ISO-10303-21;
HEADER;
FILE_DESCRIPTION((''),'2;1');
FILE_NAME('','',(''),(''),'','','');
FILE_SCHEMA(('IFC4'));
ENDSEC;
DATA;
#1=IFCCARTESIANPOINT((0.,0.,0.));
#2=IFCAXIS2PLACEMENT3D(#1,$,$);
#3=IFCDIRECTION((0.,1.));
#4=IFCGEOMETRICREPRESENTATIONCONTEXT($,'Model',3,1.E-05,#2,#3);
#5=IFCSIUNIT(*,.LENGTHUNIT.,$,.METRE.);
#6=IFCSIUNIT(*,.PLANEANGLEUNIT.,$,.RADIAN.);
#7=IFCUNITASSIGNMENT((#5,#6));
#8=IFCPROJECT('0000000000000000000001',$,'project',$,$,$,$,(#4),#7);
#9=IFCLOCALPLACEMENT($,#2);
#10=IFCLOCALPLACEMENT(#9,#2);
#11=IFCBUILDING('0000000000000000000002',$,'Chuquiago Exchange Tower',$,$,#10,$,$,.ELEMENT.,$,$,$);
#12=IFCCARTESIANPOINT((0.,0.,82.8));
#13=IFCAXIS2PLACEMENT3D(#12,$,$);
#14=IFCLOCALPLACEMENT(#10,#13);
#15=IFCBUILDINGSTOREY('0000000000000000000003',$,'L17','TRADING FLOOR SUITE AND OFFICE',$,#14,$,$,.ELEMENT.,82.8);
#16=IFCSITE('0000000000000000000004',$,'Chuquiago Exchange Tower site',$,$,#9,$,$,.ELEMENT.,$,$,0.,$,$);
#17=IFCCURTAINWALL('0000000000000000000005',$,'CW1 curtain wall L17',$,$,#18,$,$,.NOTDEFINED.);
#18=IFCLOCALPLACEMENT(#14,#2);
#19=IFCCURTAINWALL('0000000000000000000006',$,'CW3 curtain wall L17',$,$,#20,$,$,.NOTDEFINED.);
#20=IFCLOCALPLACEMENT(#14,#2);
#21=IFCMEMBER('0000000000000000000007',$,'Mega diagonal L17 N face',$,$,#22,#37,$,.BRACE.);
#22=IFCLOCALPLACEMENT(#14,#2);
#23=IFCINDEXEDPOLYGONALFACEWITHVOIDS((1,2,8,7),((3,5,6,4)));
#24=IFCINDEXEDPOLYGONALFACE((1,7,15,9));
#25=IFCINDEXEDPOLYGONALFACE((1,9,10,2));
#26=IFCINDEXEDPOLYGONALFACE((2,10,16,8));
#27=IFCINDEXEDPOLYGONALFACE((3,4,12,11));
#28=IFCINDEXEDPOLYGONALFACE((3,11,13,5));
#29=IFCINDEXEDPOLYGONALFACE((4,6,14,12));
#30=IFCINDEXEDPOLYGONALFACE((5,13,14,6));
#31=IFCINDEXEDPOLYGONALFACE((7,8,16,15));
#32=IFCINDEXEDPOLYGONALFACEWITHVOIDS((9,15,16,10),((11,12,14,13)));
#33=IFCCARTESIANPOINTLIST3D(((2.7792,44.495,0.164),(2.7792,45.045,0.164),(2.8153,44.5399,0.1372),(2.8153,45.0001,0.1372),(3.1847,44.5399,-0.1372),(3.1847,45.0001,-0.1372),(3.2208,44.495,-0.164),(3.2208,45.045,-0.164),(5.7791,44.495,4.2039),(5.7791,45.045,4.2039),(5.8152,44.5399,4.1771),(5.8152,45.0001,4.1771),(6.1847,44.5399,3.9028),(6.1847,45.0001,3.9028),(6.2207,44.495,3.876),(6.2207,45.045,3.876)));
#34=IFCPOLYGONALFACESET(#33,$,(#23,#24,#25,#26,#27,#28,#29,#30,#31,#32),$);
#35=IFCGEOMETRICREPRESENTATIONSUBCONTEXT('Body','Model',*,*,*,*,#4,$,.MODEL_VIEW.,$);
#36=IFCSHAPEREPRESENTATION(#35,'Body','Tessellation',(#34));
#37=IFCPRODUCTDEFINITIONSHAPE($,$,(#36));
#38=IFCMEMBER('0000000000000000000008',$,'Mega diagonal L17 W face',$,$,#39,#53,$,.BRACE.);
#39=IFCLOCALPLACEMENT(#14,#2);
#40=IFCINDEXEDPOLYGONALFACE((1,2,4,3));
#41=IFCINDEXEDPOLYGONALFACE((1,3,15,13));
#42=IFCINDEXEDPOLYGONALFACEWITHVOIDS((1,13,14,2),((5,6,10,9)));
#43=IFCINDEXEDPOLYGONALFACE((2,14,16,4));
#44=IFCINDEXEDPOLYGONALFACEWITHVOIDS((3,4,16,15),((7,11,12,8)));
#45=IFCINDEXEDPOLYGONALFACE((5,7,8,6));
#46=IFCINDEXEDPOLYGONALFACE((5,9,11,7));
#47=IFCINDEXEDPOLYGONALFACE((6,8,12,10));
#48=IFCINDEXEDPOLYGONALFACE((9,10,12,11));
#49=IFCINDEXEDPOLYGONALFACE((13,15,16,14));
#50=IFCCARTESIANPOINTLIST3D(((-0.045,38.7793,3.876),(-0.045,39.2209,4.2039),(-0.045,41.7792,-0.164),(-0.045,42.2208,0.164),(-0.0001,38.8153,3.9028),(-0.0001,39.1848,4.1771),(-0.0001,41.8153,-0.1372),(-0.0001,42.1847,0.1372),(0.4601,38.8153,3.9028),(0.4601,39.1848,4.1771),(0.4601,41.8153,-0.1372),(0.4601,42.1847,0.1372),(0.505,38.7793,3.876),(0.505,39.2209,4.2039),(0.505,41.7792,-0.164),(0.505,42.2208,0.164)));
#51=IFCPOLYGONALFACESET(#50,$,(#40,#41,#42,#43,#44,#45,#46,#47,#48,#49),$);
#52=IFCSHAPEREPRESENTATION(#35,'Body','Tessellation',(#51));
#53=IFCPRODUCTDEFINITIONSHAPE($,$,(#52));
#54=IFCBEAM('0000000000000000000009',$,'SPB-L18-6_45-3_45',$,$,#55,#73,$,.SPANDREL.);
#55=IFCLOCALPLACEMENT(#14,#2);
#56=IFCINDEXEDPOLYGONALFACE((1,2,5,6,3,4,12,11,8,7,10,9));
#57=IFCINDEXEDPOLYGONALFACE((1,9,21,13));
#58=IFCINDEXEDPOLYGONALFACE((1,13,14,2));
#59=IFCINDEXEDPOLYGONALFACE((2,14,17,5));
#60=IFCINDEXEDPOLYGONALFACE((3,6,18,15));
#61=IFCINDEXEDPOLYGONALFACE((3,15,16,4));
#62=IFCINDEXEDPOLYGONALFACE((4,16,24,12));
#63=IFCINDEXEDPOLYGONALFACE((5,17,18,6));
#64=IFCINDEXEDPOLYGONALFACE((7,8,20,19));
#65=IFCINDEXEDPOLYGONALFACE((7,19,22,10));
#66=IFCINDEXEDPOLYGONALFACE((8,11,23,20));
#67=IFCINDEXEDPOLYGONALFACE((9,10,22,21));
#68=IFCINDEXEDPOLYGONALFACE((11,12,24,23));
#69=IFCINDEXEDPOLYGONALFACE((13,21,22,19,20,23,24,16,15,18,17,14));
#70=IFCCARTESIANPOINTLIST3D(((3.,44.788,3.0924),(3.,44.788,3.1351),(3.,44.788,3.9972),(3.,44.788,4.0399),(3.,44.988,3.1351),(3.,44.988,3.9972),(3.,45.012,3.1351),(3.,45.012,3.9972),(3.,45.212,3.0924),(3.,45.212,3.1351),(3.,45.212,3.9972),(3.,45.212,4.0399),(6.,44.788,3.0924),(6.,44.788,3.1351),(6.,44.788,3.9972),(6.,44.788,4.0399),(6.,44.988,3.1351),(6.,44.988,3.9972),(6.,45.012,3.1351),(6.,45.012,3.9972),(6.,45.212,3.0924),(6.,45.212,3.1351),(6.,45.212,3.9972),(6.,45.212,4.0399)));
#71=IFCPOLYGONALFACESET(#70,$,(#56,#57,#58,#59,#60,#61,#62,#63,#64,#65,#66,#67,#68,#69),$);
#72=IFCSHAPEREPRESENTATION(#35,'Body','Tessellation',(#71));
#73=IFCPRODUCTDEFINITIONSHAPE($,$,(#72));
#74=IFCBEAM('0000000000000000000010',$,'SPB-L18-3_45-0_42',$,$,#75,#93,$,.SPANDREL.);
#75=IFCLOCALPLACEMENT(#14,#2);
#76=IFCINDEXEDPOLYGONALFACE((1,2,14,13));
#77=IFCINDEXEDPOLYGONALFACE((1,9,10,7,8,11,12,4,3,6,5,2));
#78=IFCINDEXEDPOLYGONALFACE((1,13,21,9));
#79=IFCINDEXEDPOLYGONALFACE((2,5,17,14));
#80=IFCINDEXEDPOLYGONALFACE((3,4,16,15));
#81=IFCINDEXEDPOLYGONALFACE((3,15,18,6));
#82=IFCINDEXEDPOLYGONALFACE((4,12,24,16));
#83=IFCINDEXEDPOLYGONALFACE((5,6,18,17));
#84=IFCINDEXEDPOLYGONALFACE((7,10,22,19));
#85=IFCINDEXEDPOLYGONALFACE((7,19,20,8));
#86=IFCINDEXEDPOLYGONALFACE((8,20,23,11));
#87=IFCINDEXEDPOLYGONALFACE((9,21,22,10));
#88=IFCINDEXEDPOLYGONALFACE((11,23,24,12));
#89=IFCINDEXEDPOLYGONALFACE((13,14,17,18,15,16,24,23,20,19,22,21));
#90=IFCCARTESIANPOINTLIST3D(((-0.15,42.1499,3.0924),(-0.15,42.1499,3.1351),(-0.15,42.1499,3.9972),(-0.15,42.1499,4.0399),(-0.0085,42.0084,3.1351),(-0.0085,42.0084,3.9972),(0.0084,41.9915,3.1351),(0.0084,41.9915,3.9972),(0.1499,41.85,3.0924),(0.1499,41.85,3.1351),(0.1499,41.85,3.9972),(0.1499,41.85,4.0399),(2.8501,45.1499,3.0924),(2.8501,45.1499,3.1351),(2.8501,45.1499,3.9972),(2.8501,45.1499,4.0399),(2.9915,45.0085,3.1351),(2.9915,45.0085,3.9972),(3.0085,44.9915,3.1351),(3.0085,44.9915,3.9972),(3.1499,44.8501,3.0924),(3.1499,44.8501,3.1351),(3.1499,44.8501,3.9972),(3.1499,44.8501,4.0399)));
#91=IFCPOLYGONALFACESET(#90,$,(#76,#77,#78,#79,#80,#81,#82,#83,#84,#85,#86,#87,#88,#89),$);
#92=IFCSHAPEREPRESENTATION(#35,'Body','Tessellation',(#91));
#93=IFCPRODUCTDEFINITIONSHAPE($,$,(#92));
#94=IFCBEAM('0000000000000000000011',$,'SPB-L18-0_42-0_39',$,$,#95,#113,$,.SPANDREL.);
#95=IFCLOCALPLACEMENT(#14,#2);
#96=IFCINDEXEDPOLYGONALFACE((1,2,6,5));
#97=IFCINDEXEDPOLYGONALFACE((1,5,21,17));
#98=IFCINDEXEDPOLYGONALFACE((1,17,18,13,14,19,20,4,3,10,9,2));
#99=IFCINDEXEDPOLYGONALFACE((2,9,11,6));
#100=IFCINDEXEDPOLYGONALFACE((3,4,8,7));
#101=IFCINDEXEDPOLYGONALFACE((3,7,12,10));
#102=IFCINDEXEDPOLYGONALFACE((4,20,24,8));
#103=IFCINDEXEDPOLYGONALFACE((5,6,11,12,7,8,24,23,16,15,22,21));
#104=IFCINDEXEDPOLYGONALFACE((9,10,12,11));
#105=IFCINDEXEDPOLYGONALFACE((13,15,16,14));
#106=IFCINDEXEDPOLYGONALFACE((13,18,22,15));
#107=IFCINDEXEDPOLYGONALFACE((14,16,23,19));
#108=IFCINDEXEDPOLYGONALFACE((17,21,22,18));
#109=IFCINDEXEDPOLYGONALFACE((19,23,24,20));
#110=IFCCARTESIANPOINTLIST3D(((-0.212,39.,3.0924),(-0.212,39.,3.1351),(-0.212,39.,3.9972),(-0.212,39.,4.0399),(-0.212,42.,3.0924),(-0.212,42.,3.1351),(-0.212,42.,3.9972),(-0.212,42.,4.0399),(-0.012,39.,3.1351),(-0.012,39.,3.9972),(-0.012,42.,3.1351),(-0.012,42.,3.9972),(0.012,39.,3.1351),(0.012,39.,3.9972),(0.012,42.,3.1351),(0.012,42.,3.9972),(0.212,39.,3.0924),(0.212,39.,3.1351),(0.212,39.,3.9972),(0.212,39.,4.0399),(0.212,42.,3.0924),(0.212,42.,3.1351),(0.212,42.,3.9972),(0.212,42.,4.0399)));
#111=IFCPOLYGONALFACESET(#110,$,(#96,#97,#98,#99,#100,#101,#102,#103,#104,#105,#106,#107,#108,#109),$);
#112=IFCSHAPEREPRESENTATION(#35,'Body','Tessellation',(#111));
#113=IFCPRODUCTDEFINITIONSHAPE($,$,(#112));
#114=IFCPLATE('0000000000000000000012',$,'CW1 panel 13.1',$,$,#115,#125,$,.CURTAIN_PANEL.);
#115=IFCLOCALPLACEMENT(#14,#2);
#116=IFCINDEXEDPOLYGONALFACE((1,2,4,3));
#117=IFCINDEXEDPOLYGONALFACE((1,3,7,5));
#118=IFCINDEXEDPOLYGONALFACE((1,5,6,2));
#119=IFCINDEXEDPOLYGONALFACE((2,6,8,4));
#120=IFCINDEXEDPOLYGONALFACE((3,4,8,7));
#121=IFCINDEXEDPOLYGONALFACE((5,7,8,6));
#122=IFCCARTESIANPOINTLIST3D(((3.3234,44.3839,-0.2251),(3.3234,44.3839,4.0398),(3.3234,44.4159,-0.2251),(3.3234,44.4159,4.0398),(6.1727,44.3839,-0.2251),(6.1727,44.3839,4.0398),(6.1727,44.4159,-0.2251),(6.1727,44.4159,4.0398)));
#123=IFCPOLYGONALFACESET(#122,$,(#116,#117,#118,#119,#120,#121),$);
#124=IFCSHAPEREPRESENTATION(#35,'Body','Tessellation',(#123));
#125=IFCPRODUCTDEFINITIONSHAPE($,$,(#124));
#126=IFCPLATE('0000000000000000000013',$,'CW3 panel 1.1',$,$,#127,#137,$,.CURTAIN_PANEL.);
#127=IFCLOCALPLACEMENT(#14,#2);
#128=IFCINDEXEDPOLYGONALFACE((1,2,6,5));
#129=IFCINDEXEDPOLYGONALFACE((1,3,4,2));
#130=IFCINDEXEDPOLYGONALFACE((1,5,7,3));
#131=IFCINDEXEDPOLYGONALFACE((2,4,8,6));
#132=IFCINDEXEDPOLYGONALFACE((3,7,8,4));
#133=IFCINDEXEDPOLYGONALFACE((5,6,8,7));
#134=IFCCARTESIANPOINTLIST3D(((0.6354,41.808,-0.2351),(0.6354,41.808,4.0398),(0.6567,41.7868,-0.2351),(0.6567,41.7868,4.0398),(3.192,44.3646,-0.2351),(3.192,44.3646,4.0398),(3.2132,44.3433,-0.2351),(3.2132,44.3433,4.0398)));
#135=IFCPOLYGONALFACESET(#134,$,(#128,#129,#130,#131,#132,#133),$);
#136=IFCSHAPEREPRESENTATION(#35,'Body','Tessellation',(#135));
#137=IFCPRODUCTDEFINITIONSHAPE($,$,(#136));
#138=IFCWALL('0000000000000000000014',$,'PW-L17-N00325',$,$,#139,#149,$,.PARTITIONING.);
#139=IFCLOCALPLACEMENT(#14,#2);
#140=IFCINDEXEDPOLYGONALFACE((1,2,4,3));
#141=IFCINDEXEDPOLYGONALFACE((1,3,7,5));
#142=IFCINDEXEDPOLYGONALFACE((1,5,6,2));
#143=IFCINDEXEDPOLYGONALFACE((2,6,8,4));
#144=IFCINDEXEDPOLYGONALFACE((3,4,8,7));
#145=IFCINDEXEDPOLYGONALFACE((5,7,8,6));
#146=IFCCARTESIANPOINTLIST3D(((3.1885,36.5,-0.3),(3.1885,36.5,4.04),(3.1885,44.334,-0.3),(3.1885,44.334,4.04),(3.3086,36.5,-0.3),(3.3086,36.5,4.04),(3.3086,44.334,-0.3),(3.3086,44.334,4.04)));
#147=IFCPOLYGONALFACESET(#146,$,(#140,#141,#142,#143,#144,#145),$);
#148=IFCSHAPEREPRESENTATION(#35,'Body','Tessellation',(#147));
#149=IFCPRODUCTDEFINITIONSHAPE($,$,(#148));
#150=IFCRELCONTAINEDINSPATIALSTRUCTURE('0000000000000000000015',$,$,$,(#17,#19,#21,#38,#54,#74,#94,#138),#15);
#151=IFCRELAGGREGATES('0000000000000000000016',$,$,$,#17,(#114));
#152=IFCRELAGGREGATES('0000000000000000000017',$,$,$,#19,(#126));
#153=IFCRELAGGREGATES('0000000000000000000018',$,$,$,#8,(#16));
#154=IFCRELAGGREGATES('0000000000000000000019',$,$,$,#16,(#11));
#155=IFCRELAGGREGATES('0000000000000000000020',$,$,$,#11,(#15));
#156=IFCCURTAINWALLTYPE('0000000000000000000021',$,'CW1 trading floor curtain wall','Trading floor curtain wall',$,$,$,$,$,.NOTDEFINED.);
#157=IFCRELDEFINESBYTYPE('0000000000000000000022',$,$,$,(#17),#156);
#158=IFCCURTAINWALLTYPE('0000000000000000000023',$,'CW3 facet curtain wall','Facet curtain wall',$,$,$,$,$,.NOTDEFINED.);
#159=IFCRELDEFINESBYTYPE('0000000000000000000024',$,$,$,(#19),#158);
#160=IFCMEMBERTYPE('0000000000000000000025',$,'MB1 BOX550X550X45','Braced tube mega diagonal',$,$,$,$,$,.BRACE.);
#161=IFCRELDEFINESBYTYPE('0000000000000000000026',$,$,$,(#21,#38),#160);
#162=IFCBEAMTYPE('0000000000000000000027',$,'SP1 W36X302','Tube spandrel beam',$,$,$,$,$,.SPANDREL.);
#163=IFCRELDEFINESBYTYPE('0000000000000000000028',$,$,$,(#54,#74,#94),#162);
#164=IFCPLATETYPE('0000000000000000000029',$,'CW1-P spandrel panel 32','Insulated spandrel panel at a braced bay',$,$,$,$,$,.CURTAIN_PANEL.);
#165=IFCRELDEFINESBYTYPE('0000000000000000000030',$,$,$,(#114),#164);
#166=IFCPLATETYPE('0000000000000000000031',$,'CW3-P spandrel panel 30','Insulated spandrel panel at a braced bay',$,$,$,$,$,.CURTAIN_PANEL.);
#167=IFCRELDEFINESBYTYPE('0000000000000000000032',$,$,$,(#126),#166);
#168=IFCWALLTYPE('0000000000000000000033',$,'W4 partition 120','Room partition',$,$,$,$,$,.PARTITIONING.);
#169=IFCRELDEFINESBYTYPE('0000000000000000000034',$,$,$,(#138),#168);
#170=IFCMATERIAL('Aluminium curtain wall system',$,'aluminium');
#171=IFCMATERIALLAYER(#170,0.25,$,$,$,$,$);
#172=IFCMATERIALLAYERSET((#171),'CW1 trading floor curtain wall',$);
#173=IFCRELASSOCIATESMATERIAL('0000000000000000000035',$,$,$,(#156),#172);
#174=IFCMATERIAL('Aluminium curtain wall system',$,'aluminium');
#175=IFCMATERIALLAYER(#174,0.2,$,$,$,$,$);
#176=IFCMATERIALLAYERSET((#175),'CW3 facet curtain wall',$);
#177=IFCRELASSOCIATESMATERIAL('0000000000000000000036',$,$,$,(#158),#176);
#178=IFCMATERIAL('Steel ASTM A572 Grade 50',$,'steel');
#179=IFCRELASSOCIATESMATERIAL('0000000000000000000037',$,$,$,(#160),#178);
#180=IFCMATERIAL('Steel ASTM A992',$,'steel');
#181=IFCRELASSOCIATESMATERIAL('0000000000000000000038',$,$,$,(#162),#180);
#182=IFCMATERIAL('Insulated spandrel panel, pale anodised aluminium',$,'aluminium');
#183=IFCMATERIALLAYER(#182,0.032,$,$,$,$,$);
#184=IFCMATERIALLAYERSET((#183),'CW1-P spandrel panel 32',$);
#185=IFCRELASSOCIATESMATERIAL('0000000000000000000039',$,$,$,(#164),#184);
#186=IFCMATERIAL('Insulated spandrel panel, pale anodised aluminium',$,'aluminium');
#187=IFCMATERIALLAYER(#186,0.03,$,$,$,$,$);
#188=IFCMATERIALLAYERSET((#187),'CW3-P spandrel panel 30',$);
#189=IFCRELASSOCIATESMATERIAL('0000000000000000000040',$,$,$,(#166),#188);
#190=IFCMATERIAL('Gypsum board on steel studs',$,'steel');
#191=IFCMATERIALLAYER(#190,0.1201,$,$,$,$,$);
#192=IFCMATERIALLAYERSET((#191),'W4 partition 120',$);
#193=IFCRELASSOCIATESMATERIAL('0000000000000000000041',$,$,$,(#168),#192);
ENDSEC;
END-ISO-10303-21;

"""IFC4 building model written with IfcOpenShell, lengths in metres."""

from ifc_helpers import new_model, si_unit, direction, frame, frame_2d, origin, origin_2d, place, context, subcontext, project, spatial, rectangle, hollow_rectangle, i_section, extrude, material, layer, layer_set, material_profile, profile_set, type_object, element, aggregate, save


model = new_model("IFC4")

# Units and contexts
model_context = context("Model", 3, precision=1e-05, world=origin(), true_north=direction((0.0, 1.0)))
body_context = subcontext(model_context, "Body", "Model", "MODEL_VIEW")
ifc_project = project(units=[si_unit("LENGTHUNIT", "METRE"), si_unit("PLANEANGLEUNIT", "RADIAN")], contexts=[model_context])

# Site, building, storey
site_placement = place(None, origin())
site = spatial("IfcSite", under=ifc_project, at=site_placement, Name="Chuquiago Exchange Tower site", CompositionType="ELEMENT", RefElevation=0.0)
building_placement = place(site_placement, origin())
building = spatial("IfcBuilding", under=site, at=building_placement, Name="Chuquiago Exchange Tower", CompositionType="ELEMENT")
storey_placement = place(building_placement, frame((0.0, 0.0, 82.8)))
storey = spatial("IfcBuildingStorey", under=building, at=storey_placement, Name="L17", Description="TRADING FLOOR SUITE AND OFFICE", CompositionType="ELEMENT", Elevation=82.8)

# Curtain wall
ifc_material_1 = material(Name="Aluminium curtain wall system", Category="aluminium")
ifc_layer_1 = layer(ifc_material_1, 0.25)
ifc_layer_set_1 = layer_set([ifc_layer_1], Name="CW1 trading floor curtain wall")
curtain_wall_type_1 = type_object("IfcCurtainWallType", Name="CW1 trading floor curtain wall", Description="Trading floor curtain wall", PredefinedType="NOTDEFINED", material=ifc_layer_set_1)
curtain_wall_1_placement = place(storey_placement, origin())
curtain_wall_1 = element("IfcCurtainWall", 1, at=curtain_wall_1_placement, inside=storey, type_object=curtain_wall_type_1, Name="CW1 curtain wall L17", PredefinedType="NOTDEFINED")

# Curtain wall
ifc_material_2 = material(Name="Aluminium curtain wall system", Category="aluminium")
ifc_layer_2 = layer(ifc_material_2, 0.2)
ifc_layer_set_2 = layer_set([ifc_layer_2], Name="CW3 facet curtain wall")
curtain_wall_type_2 = type_object("IfcCurtainWallType", Name="CW3 facet curtain wall", Description="Facet curtain wall", PredefinedType="NOTDEFINED", material=ifc_layer_set_2)
curtain_wall_2_placement = place(storey_placement, origin())
curtain_wall_2 = element("IfcCurtainWall", 2, at=curtain_wall_2_placement, inside=storey, type_object=curtain_wall_type_2, Name="CW3 curtain wall L17", PredefinedType="NOTDEFINED")

# Members
ifc_material_3 = material(Name="Steel ASTM A572 Grade 50", Category="steel")
ifc_material_profile_1 = material_profile(ifc_material_3, hollow_rectangle(XDim=0.55, YDim=0.55, WallThickness=0.0449, at=origin_2d()), Name="BOX550X550X45")
ifc_profile_set_1 = profile_set([ifc_material_profile_1], Name="Steel ASTM A572 Grade 50")
member_type_1 = type_object("IfcMemberType", Name="MB1 BOX550X550X45", Description="Braced tube mega diagonal", PredefinedType="BRACE", material=ifc_profile_set_1)
for number, where, z_axis, x_axis, name in (
    (3, (3.0, 44.77, 0.0), (0.596174, 0.0, 0.802855), (0.0, 1.0, 0.0), "Mega diagonal L17 N face"),
    (4, (0.23, 42.0, 0.0), (0.0, -0.596174, 0.802855), (1.0, 0.0, 0.0), "Mega diagonal L17 W face"),
):
    element("IfcMember", number, at=place(storey_placement, frame(where, z_axis=z_axis, x_axis=x_axis)), inside=storey, type_object=member_type_1, Name=name, PredefinedType="BRACE", context=body_context, shape_type="SweptSolid", body=[
        extrude(hollow_rectangle(XDim=0.55, YDim=0.55, WallThickness=0.0449, at=origin_2d()), origin(), (0.0, 0.0, 1.0), 5.032),
    ])

# Beams
ifc_material_4 = material(Name="Steel ASTM A992", Category="steel")
ifc_material_profile_2 = material_profile(ifc_material_4, i_section(OverallWidth=0.4241, OverallDepth=0.9475, WebThickness=0.0239, FlangeThickness=0.0427, at=origin_2d()), Name="W36X302")
ifc_profile_set_2 = profile_set([ifc_material_profile_2], Name="Steel ASTM A992")
beam_type = type_object("IfcBeamType", Name="SP1 W36X302", Description="Tube spandrel beam", PredefinedType="SPANDREL", material=ifc_profile_set_2)
beam_1_placement = place(storey_placement, frame((6.0, 45.0, 3.5662), z_axis=(-1.0, 0.0, 0.0), x_axis=(0.0, -1.0, 0.0)))
element("IfcBeam", 5, at=beam_1_placement, inside=storey, type_object=beam_type, Name="SPB-L18-6_45-3_45", PredefinedType="SPANDREL", context=body_context, shape_type="SweptSolid", body=[
    extrude(i_section(OverallWidth=0.4241, OverallDepth=0.9475, WebThickness=0.0239, FlangeThickness=0.0427, at=origin_2d()), origin(), (0.0, 0.0, 1.0), 3.0),
])
beam_2_placement = place(storey_placement, frame((3.0, 45.0, 3.5662), z_axis=(-0.707107, -0.707107, 0.0), x_axis=(0.707107, -0.707107, 0.0)))
element("IfcBeam", 6, at=beam_2_placement, inside=storey, type_object=beam_type, Name="SPB-L18-3_45-0_42", PredefinedType="SPANDREL", context=body_context, shape_type="SweptSolid", body=[
    extrude(i_section(OverallWidth=0.4241, OverallDepth=0.9475, WebThickness=0.0239, FlangeThickness=0.0427, at=origin_2d()), origin(), (0.0, 0.0, 1.0), 4.2427),
])
beam_3_placement = place(storey_placement, frame((0.0, 42.0, 3.5662), z_axis=(0.0, -1.0, 0.0), x_axis=(1.0, 0.0, 0.0)))
element("IfcBeam", 7, at=beam_3_placement, inside=storey, type_object=beam_type, Name="SPB-L18-0_42-0_39", PredefinedType="SPANDREL", context=body_context, shape_type="SweptSolid", body=[
    extrude(i_section(OverallWidth=0.4241, OverallDepth=0.9475, WebThickness=0.0239, FlangeThickness=0.0427, at=origin_2d()), origin(), (0.0, 0.0, 1.0), 3.0),
])

# Plates
ifc_material_5 = material(Name="Insulated spandrel panel, pale anodised aluminium", Category="aluminium")
ifc_layer_3 = layer(ifc_material_5, 0.032)
ifc_layer_set_3 = layer_set([ifc_layer_3], Name="CW1-P spandrel panel 32")
plate_type_1 = type_object("IfcPlateType", Name="CW1-P spandrel panel 32", Description="Insulated spandrel panel at a braced bay", PredefinedType="CURTAIN_PANEL", material=ifc_layer_set_3)
plate_1_placement = place(storey_placement, frame((4.748, 44.3999, -0.2251), z_axis=(0.0, 0.0, 1.0), x_axis=(-1.0, 0.0, 0.0)))
plate_1 = element("IfcPlate", 8, at=plate_1_placement, type_object=plate_type_1, Name="CW1 panel 13.1", PredefinedType="CURTAIN_PANEL", context=body_context, shape_type="SweptSolid", body=[
    extrude(rectangle(XDim=2.8494, YDim=0.032, at=origin_2d()), origin(), (0.0, 0.0, 1.0), 4.2649),
])
aggregate(curtain_wall_1, [plate_1])
ifc_material_6 = material(Name="Insulated spandrel panel, pale anodised aluminium", Category="aluminium")
ifc_layer_4 = layer(ifc_material_6, 0.03)
ifc_layer_set_4 = layer_set([ifc_layer_4], Name="CW3-P spandrel panel 30")
plate_type_2 = type_object("IfcPlateType", Name="CW3-P spandrel panel 30", Description="Insulated spandrel panel at a braced bay", PredefinedType="CURTAIN_PANEL", material=ifc_layer_set_4)
plate_2_placement = place(storey_placement, frame((1.9243, 43.0757, -0.2351), z_axis=(0.0, 0.0, 1.0), x_axis=(-0.707107, -0.707107, 0.0)))
plate_2 = element("IfcPlate", 9, at=plate_2_placement, type_object=plate_type_2, Name="CW3 panel 1.1", PredefinedType="CURTAIN_PANEL", context=body_context, shape_type="SweptSolid", body=[
    extrude(rectangle(XDim=3.6155, YDim=0.03, at=origin_2d()), origin(), (0.0, 0.0, 1.0), 4.2749),
])
aggregate(curtain_wall_2, [plate_2])

# Wall
ifc_material_7 = material(Name="Gypsum board on steel studs", Category="steel")
ifc_layer_5 = layer(ifc_material_7, 0.1201)
ifc_layer_set_5 = layer_set([ifc_layer_5], Name="W4 partition 120")
wall_type = type_object("IfcWallType", Name="W4 partition 120", Description="Room partition", PredefinedType="PARTITIONING", material=ifc_layer_set_5)
wall_placement = place(storey_placement, frame((3.2485, 44.334, -0.3), z_axis=(0.0, 0.0, 1.0), x_axis=(0.0, -1.0, 0.0)))
element("IfcWall", 10, at=wall_placement, inside=storey, type_object=wall_type, Name="PW-L17-N00325", PredefinedType="PARTITIONING", context=body_context, shape_type="SweptSolid", body=[
    extrude(rectangle(XDim=7.834, YDim=0.1201, at=frame_2d((3.917, 0.0))), origin(), (0.0, 0.0, 1.0), 4.3401),
])

save(model, "model.ifc")
